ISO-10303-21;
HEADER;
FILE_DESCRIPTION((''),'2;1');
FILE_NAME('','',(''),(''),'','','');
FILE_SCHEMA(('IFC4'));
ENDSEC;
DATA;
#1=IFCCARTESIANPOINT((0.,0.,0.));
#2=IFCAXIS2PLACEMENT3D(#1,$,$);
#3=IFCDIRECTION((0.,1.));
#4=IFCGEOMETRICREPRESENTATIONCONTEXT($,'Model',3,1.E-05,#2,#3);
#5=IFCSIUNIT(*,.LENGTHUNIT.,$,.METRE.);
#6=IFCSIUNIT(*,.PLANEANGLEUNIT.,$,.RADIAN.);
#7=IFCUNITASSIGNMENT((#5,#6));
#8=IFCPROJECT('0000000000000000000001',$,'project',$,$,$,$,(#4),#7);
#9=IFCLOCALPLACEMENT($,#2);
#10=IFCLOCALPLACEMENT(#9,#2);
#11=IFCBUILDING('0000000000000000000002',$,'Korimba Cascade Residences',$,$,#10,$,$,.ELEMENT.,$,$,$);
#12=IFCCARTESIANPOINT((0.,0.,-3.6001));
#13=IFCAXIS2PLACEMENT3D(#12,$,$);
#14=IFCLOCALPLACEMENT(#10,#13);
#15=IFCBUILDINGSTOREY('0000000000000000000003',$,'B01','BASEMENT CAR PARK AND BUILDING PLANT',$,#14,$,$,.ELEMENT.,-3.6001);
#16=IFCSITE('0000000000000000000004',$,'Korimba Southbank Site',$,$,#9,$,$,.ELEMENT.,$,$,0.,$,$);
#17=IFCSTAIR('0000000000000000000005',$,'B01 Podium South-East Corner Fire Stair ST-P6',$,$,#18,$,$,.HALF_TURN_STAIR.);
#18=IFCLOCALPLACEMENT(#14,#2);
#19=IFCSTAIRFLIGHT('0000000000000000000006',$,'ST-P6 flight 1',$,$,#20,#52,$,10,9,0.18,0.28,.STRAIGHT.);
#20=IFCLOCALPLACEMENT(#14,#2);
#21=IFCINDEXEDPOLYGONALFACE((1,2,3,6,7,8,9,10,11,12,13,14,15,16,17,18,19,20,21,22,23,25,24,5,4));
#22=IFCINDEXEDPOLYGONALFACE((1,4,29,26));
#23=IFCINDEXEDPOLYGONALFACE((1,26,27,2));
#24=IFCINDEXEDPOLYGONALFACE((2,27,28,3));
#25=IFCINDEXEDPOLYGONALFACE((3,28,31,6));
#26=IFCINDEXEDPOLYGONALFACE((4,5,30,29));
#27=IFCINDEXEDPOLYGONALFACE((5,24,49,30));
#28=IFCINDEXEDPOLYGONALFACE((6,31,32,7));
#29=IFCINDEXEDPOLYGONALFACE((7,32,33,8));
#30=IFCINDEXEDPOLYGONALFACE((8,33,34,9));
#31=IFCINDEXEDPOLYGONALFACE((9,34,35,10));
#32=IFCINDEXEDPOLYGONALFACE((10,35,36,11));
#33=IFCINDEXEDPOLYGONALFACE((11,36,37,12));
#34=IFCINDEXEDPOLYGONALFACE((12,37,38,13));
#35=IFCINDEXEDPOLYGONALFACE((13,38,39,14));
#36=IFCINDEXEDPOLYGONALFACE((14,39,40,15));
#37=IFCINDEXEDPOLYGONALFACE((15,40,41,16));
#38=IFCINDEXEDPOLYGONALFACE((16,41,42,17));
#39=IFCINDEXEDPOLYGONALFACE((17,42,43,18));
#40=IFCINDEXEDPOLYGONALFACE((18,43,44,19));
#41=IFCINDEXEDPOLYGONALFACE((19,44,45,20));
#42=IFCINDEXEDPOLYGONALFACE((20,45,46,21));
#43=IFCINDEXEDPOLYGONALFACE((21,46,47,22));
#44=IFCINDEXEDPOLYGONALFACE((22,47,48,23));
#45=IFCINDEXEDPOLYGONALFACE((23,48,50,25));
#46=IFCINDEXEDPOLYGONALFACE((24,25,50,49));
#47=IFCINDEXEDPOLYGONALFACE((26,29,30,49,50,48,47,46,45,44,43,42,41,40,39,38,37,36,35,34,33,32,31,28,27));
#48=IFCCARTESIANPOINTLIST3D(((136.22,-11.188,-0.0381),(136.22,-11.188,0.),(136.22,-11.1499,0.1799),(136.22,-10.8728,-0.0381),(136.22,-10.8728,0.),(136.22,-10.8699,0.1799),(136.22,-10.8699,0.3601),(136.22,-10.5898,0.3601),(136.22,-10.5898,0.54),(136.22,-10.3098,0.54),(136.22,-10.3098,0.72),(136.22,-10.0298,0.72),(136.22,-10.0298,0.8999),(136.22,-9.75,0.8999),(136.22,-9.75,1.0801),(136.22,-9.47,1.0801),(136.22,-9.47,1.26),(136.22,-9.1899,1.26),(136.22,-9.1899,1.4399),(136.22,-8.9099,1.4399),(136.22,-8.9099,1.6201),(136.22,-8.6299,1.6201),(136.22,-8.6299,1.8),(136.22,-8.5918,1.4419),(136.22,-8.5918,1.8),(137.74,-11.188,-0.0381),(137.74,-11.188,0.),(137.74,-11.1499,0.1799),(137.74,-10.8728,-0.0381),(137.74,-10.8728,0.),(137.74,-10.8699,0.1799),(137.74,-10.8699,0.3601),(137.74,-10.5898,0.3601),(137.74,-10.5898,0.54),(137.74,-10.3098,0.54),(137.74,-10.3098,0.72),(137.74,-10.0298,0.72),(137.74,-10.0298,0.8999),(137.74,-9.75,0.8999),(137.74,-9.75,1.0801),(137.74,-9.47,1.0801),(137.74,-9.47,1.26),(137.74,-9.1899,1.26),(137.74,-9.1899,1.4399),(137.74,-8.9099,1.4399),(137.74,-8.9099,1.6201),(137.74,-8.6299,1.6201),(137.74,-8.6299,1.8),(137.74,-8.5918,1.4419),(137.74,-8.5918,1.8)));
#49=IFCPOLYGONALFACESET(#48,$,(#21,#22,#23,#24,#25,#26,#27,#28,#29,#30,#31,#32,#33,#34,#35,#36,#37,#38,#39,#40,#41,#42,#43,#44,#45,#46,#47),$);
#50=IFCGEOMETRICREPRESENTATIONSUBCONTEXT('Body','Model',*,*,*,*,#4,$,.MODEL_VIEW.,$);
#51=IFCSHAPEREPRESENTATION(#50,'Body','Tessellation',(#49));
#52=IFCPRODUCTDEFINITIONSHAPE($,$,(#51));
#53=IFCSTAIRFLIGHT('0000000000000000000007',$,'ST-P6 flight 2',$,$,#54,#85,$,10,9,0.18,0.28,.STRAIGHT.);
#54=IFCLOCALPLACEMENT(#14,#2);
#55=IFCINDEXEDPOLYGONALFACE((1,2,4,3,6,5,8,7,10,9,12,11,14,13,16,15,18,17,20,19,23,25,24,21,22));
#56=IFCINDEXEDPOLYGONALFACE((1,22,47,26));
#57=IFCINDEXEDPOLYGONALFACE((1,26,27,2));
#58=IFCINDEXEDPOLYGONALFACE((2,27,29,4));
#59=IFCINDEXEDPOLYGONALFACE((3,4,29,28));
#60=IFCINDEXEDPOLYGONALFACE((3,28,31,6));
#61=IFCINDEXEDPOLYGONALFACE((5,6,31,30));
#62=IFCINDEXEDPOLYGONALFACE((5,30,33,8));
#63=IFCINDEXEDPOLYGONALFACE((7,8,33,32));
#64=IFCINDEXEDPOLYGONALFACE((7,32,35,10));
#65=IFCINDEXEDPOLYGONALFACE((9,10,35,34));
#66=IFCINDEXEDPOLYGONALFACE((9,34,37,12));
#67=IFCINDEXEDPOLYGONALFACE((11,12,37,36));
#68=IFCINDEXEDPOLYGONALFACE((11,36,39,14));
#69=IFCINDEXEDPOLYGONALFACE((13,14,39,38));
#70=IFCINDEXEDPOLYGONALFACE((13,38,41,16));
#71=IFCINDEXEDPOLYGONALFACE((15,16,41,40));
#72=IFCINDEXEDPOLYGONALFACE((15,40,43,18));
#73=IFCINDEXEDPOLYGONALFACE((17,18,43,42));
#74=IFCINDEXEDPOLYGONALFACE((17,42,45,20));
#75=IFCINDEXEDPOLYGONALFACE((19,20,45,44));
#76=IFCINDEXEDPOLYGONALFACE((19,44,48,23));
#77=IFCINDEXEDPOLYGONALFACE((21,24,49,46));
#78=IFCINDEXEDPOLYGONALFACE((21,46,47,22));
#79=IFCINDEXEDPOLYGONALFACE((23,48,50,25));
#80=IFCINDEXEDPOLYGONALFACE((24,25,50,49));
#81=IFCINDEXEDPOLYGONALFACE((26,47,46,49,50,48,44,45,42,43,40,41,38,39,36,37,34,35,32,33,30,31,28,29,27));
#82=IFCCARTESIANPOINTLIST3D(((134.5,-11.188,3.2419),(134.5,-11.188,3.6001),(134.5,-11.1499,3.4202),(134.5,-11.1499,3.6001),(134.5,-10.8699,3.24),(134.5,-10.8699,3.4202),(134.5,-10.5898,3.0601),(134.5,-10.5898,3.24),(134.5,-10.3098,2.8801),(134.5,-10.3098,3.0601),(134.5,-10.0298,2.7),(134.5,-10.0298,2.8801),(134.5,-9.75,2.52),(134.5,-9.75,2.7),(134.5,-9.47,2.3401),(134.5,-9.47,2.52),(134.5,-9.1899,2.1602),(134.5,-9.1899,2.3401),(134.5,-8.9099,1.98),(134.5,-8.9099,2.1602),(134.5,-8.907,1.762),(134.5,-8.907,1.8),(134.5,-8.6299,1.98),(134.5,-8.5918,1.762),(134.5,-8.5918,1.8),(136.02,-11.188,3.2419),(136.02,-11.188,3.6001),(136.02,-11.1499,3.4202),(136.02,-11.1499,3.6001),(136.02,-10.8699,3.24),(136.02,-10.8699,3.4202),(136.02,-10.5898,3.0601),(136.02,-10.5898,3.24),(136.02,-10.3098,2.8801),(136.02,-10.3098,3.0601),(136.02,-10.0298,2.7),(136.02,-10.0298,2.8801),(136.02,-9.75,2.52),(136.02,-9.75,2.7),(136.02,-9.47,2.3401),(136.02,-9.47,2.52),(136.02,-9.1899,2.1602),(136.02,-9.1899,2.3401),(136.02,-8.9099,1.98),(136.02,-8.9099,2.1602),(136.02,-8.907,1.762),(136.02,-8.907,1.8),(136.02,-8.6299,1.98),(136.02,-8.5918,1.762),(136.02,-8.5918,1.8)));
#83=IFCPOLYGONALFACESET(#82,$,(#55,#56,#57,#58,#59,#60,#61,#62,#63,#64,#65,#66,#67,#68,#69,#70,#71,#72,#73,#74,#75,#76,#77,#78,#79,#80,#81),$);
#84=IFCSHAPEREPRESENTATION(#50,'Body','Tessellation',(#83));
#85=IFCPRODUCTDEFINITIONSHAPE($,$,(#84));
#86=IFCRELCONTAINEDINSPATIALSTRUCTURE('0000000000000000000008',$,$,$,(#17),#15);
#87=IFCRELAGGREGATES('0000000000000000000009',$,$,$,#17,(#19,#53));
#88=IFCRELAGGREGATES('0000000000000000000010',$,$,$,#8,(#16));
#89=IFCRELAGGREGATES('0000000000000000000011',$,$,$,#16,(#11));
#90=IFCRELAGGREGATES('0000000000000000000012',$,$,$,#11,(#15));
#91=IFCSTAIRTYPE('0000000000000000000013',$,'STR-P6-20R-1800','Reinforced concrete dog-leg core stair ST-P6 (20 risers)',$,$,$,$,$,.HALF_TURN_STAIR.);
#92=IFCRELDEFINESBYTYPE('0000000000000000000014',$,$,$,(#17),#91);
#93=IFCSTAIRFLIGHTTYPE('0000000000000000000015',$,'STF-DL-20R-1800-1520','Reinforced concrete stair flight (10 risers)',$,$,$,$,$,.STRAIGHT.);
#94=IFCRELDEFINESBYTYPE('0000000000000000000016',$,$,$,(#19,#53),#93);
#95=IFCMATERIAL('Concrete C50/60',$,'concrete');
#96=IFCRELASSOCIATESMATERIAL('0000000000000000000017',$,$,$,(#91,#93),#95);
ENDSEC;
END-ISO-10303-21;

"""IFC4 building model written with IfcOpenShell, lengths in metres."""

from ifc_helpers import new_model, si_unit, direction, frame, origin, place, context, subcontext, project, spatial, polyline, outline, extrude, material, type_object, element, aggregate, save


model = new_model("IFC4")

# Units and contexts
model_context = context("Model", 3, precision=1e-05, world=origin(), true_north=direction((0.0, 1.0)))
body_context = subcontext(model_context, "Body", "Model", "MODEL_VIEW")
ifc_project = project(units=[si_unit("LENGTHUNIT", "METRE"), si_unit("PLANEANGLEUNIT", "RADIAN")], contexts=[model_context])

# Site, building, storey
site_placement = place(None, origin())
site = spatial("IfcSite", under=ifc_project, at=site_placement, Name="Korimba Southbank Site", CompositionType="ELEMENT", RefElevation=0.0)
building_placement = place(site_placement, origin())
building = spatial("IfcBuilding", under=site, at=building_placement, Name="Korimba Cascade Residences", CompositionType="ELEMENT")
storey_placement = place(building_placement, frame((0.0, 0.0, -3.6001)))
storey = spatial("IfcBuildingStorey", under=building, at=storey_placement, Name="B01", Description="BASEMENT CAR PARK AND BUILDING PLANT", CompositionType="ELEMENT", Elevation=-3.6001)

# Shared definitions
ifc_material_1 = material(Name="Concrete C50/60", Category="concrete")

# Stair, stair flights
stair_type = type_object("IfcStairType", Name="STR-P6-20R-1800", Description="Reinforced concrete dog-leg core stair ST-P6 (20 risers)", PredefinedType="HALF_TURN_STAIR", material=ifc_material_1)
stair_placement = place(storey_placement, origin())
stair = element("IfcStair", 1, at=stair_placement, inside=storey, type_object=stair_type, Name="B01 Podium South-East Corner Fire Stair ST-P6", PredefinedType="HALF_TURN_STAIR")
stair_flight_type = type_object("IfcStairFlightType", Name="STF-DL-20R-1800-1520", Description="Reinforced concrete stair flight (10 risers)", PredefinedType="STRAIGHT", material=ifc_material_1)
stair_flight_1_placement = place(storey_placement, frame((136.98, -11.1499, 0.0), z_axis=(0.0, 0.0, 1.0), x_axis=(0.0, 1.0, 0.0)))
stair_flight_1 = element("IfcStairFlight", 2, at=stair_flight_1_placement, type_object=stair_flight_type, Name="ST-P6 flight 1", NumberOfRisers=10, NumberOfTreads=9, PredefinedType="STRAIGHT", RiserHeight=0.18, TreadLength=0.28, context=body_context, shape_type="SweptSolid", body=[
    extrude(outline(polyline([(-0.0381, 0.0), (0.0, 0.1799), (0.28, 0.1799), (0.28, 0.3601), (0.5601, 0.3601), (0.5601, 0.54), (0.8401, 0.54), (0.8401, 0.72), (1.1201, 0.72), (1.1201, 0.8999), (1.3999, 0.8999), (1.3999, 1.0801), (1.6799, 1.0801), (1.6799, 1.26), (1.96, 1.26), (1.96, 1.4399), (2.24, 1.4399), (2.24, 1.6201), (2.52, 1.6201), (2.52, 1.8), (2.5581, 1.8), (2.5581, 1.4419), (0.2771, 0.0), (0.2771, -0.0381), (-0.0381, -0.0381), (-0.0381, 0.0)])), frame((0.0, 0.76, 0.0), z_axis=(0.0, -1.0, 0.0), x_axis=(1.0, 0.0, 0.0)), (0.0, 0.0, 1.0), 1.52),
])
stair_flight_2_placement = place(storey_placement, frame((135.26, -8.6299, 1.8), z_axis=(0.0, 0.0, 1.0), x_axis=(0.0, -1.0, 0.0)))
stair_flight_2 = element("IfcStairFlight", 3, at=stair_flight_2_placement, type_object=stair_flight_type, Name="ST-P6 flight 2", NumberOfRisers=10, NumberOfTreads=9, PredefinedType="STRAIGHT", RiserHeight=0.18, TreadLength=0.28, context=body_context, shape_type="SweptSolid", body=[
    extrude(outline(polyline([(-0.0381, 0.0), (0.0, 0.1799), (0.28, 0.1799), (0.28, 0.3601), (0.5601, 0.3601), (0.5601, 0.54), (0.8401, 0.54), (0.8401, 0.72), (1.1201, 0.72), (1.1201, 0.8999), (1.3999, 0.8999), (1.3999, 1.0801), (1.6799, 1.0801), (1.6799, 1.26), (1.96, 1.26), (1.96, 1.4399), (2.24, 1.4399), (2.24, 1.6201), (2.52, 1.6201), (2.52, 1.8), (2.5581, 1.8), (2.5581, 1.4419), (0.2771, 0.0), (0.2771, -0.0381), (-0.0381, -0.0381), (-0.0381, 0.0)])), frame((0.0, 0.76, 0.0), z_axis=(0.0, -1.0, 0.0), x_axis=(1.0, 0.0, 0.0)), (0.0, 0.0, 1.0), 1.52),
])
aggregate(stair, [stair_flight_1, stair_flight_2])

save(model, "model.ifc")
